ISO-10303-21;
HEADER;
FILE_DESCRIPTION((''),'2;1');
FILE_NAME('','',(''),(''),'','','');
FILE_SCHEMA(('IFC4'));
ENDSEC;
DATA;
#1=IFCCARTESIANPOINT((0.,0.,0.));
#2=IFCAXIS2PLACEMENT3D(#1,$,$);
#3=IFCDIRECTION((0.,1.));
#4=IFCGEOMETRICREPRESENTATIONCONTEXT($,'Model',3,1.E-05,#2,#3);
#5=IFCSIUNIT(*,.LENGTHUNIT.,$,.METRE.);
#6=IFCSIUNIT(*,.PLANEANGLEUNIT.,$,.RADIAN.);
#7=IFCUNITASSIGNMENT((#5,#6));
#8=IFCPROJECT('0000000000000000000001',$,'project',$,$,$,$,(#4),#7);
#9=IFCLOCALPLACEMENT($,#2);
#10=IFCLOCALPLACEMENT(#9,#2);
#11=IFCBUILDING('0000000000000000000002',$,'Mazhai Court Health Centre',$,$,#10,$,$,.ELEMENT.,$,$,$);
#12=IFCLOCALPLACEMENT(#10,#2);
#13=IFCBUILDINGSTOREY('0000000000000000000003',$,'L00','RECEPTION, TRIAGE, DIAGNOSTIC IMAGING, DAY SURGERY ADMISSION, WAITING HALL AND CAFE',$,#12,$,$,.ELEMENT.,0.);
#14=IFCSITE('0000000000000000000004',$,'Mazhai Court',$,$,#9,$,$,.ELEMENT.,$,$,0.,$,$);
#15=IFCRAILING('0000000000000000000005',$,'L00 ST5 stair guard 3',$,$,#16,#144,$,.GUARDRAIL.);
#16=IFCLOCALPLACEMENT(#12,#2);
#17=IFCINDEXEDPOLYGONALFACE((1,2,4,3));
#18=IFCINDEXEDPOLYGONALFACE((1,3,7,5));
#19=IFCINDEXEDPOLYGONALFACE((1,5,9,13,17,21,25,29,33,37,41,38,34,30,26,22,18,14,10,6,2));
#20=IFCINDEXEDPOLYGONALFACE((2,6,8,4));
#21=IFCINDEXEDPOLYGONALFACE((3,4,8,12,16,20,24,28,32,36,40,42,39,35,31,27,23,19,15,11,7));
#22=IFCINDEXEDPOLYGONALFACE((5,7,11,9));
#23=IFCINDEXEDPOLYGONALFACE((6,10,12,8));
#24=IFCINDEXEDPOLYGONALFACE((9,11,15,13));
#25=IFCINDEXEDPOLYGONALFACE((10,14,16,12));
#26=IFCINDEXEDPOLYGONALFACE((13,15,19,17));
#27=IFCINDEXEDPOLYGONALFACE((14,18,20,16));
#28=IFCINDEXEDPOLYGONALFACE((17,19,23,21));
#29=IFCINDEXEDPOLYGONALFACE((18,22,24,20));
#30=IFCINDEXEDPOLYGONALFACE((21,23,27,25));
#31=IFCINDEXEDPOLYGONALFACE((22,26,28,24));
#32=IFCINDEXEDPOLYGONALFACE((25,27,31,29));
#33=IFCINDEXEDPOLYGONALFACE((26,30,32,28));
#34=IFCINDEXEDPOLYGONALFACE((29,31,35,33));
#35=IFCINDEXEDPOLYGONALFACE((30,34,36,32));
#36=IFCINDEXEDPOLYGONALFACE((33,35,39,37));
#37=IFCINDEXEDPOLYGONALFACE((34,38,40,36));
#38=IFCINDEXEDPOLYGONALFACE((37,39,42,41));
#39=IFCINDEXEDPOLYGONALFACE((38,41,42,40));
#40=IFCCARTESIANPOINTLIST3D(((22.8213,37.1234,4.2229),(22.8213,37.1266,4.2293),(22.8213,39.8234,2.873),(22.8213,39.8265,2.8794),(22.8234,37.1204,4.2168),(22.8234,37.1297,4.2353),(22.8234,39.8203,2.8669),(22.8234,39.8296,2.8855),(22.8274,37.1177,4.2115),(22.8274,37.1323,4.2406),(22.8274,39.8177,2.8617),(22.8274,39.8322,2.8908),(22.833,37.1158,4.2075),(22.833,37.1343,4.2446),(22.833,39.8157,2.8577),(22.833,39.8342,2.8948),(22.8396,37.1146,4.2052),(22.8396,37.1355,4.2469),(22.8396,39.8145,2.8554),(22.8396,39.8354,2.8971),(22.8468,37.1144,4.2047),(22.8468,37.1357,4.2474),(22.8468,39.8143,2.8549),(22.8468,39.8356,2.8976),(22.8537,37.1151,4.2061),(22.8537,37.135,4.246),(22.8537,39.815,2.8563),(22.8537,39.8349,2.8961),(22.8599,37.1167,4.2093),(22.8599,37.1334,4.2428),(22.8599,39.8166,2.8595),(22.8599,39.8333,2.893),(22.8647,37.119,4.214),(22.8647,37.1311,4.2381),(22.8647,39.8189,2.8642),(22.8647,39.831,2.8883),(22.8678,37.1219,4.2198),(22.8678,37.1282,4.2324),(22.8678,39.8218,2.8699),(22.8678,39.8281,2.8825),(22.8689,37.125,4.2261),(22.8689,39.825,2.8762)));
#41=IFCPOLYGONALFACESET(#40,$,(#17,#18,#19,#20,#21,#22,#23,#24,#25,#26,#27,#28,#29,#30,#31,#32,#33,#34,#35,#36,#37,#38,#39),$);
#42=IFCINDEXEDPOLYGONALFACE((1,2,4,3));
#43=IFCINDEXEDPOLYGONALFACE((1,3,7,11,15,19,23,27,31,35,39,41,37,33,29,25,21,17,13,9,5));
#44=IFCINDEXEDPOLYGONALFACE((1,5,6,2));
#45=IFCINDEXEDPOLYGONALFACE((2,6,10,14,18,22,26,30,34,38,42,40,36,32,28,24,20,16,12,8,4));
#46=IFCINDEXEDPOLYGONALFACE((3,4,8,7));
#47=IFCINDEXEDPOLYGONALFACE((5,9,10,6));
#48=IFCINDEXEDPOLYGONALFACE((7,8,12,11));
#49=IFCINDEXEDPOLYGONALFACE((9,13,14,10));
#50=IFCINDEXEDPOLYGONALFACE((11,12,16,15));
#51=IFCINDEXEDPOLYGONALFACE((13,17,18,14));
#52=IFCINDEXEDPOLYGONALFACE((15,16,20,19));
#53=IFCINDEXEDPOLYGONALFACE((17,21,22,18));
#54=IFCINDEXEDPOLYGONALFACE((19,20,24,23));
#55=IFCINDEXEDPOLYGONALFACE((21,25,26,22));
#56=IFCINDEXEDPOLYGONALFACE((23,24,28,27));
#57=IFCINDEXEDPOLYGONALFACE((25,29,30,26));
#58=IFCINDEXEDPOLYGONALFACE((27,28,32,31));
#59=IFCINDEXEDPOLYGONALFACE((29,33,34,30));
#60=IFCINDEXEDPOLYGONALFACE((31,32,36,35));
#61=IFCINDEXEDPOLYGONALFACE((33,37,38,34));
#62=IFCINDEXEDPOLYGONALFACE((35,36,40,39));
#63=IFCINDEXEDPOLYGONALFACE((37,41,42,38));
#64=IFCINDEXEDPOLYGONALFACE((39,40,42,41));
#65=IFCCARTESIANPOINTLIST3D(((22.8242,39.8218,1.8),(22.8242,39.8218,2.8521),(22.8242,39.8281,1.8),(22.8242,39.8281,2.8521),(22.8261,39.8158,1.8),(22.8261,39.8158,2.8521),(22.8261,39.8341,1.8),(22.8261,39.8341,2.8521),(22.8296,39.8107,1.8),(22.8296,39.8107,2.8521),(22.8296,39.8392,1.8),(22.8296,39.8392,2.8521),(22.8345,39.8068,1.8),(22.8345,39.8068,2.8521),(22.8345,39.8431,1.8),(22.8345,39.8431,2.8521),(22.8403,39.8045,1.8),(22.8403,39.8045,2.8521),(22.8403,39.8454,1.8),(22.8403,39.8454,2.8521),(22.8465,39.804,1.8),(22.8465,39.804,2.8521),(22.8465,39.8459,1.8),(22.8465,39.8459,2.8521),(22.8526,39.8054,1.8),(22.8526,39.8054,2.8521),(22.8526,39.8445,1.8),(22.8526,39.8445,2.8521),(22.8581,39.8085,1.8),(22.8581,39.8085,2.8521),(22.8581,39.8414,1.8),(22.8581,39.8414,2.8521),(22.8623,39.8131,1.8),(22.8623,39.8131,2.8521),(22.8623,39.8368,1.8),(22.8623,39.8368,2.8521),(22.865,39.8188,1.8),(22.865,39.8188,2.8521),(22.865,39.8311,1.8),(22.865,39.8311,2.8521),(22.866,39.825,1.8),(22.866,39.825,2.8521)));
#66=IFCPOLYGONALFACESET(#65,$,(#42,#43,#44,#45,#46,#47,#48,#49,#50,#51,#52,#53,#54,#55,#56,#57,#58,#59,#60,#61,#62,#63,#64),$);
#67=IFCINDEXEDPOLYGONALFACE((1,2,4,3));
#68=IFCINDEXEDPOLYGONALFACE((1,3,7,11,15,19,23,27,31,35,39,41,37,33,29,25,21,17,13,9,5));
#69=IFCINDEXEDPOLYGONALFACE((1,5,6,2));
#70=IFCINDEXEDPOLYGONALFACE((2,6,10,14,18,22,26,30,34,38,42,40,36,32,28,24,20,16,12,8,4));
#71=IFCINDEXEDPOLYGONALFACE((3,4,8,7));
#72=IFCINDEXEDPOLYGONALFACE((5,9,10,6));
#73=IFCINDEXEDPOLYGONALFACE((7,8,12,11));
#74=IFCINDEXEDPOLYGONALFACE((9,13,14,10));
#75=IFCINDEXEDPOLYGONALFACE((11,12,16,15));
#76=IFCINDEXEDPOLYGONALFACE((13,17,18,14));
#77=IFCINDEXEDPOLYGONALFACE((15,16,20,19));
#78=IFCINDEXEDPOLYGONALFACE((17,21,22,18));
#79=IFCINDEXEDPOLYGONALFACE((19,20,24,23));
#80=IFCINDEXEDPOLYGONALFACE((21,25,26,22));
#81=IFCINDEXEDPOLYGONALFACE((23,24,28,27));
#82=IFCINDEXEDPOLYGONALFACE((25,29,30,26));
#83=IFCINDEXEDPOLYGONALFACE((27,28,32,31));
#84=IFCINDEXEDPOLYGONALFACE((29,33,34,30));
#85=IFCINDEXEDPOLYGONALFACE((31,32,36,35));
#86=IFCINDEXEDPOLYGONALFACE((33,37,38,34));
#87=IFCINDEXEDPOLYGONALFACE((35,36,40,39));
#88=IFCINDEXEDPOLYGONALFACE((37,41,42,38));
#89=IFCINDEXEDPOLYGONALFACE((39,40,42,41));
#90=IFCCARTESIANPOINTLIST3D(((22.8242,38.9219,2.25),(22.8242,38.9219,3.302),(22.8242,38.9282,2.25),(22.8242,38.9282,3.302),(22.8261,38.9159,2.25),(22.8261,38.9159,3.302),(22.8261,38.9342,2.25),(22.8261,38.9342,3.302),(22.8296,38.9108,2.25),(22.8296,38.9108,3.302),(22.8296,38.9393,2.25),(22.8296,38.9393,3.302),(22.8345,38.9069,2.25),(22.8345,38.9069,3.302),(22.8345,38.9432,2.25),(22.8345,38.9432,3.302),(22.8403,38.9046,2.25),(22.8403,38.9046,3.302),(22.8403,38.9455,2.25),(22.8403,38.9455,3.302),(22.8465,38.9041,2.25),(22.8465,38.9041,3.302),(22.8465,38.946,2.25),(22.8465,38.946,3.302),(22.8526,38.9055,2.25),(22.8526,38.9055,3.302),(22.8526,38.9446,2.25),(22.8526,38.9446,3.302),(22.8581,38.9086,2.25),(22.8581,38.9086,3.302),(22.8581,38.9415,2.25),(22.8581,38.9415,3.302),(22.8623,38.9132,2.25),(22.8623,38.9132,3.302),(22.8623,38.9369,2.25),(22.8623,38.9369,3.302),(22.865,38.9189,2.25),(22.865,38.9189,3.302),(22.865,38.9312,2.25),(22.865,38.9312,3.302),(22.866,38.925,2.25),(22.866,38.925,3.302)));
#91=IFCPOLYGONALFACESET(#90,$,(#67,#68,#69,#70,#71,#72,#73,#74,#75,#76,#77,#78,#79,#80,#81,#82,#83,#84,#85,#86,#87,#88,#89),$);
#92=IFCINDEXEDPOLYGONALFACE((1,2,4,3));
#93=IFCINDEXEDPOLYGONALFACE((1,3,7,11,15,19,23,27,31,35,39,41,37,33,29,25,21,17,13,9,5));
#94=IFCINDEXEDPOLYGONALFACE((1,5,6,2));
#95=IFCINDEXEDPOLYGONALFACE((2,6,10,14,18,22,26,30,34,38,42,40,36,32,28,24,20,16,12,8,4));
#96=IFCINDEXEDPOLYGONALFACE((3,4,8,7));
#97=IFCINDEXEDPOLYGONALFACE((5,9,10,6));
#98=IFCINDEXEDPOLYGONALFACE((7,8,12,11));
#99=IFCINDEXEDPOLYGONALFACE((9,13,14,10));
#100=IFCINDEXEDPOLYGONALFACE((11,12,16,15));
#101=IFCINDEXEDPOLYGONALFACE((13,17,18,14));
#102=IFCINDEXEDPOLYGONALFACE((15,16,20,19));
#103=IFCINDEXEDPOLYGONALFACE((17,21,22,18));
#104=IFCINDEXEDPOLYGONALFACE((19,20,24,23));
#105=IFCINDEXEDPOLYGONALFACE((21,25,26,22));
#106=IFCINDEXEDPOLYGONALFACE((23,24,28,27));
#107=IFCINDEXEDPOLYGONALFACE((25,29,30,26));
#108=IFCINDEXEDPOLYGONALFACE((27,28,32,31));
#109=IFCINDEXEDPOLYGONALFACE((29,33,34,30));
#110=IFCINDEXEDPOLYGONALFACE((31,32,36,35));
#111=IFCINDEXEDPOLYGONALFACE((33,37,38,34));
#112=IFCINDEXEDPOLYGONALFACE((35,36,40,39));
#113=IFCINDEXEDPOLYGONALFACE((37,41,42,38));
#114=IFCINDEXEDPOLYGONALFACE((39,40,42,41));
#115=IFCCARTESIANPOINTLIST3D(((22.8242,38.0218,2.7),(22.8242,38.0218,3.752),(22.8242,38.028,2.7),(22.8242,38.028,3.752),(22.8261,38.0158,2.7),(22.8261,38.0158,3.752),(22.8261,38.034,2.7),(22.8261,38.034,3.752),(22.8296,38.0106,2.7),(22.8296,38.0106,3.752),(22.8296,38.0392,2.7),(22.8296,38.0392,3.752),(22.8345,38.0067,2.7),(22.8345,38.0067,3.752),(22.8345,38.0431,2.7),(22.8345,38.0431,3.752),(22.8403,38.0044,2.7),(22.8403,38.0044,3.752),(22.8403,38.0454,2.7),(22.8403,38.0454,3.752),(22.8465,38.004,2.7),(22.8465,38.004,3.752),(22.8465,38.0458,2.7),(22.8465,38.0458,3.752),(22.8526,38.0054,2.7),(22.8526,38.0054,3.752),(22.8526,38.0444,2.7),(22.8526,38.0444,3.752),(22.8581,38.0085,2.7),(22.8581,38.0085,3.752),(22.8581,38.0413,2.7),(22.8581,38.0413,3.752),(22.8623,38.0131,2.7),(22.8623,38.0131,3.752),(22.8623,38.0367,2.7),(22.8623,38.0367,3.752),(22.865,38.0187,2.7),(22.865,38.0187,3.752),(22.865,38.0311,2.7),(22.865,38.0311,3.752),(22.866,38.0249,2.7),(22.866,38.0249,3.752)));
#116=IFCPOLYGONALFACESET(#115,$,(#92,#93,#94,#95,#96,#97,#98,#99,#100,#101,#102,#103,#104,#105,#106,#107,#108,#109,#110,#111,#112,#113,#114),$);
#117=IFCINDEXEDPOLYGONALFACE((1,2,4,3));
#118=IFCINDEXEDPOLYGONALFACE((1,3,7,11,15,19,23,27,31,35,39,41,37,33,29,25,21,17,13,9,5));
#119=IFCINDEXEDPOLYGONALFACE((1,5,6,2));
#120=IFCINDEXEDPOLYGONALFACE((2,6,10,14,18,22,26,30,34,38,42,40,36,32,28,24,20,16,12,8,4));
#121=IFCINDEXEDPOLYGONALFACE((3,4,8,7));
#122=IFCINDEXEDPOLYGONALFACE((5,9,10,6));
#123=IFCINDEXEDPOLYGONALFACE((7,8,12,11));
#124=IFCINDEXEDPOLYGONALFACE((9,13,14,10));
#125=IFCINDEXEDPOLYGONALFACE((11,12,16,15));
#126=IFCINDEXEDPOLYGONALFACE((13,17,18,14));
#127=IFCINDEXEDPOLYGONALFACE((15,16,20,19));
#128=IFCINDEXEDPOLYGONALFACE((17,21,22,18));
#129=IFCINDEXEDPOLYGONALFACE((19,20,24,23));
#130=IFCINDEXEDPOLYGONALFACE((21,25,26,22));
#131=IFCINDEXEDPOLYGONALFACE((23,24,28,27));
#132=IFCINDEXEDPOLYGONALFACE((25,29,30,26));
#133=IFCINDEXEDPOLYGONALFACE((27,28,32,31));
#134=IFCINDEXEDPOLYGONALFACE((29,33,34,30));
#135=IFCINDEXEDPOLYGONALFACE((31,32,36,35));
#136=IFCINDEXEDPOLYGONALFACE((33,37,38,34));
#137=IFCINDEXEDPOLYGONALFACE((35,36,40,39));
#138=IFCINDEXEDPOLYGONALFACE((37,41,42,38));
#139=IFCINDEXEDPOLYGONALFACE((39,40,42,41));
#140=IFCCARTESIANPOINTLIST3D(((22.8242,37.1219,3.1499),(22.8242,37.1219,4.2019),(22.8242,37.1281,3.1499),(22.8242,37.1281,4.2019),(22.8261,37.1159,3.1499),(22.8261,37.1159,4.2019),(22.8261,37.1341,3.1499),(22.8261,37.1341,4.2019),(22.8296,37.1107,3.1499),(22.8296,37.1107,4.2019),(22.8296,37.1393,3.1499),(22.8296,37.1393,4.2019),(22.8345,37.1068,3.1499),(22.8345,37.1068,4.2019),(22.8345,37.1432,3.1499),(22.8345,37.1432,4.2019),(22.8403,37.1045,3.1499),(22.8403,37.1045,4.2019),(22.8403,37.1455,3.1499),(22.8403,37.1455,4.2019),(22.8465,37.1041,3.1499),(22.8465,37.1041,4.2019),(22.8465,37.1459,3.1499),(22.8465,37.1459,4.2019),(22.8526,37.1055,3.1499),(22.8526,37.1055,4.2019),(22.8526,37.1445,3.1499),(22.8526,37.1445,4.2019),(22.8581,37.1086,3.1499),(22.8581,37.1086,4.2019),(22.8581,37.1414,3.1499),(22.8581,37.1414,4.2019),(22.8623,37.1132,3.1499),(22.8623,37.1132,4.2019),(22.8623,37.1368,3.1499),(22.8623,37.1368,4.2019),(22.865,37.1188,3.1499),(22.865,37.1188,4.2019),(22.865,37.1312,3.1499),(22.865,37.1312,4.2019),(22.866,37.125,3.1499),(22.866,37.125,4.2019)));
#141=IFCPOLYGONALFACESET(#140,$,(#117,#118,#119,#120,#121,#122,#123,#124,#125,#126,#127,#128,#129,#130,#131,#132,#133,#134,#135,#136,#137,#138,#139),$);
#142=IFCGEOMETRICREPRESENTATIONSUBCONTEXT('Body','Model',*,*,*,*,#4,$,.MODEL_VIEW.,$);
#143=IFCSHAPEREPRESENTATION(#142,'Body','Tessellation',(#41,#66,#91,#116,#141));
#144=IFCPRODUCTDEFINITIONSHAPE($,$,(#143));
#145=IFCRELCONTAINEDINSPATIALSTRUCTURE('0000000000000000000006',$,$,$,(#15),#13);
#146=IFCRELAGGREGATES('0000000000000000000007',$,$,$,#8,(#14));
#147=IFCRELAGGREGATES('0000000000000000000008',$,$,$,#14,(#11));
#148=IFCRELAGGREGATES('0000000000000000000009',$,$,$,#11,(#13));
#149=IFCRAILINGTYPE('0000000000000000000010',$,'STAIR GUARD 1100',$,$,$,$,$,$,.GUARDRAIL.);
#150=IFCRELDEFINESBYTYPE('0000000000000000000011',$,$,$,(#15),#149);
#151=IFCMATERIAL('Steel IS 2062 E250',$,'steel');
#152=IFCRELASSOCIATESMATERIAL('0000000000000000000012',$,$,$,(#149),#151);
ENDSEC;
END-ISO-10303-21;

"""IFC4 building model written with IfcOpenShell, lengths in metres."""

from ifc_helpers import new_model, si_unit, direction, frame, origin, origin_2d, place, context, subcontext, project, spatial, circle, extrude, material, type_object, element, save


model = new_model("IFC4")

# Units and contexts
model_context = context("Model", 3, precision=1e-05, world=origin(), true_north=direction((0.0, 1.0)))
body_context = subcontext(model_context, "Body", "Model", "MODEL_VIEW")
ifc_project = project(units=[si_unit("LENGTHUNIT", "METRE"), si_unit("PLANEANGLEUNIT", "RADIAN")], contexts=[model_context])

# Site, building, storey
site_placement = place(None, origin())
site = spatial("IfcSite", under=ifc_project, at=site_placement, Name="Mazhai Court", CompositionType="ELEMENT", RefElevation=0.0)
building_placement = place(site_placement, origin())
building = spatial("IfcBuilding", under=site, at=building_placement, Name="Mazhai Court Health Centre", CompositionType="ELEMENT")
storey_placement = place(building_placement, origin())
storey = spatial("IfcBuildingStorey", under=building, at=storey_placement, Name="L00", Description="RECEPTION, TRIAGE, DIAGNOSTIC IMAGING, DAY SURGERY ADMISSION, WAITING HALL AND CAFE", CompositionType="ELEMENT", Elevation=0.0)

# Railing
ifc_material_1 = material(Name="Steel IS 2062 E250", Category="steel")
railing_type_1 = type_object("IfcRailingType", Name="STAIR GUARD 1100", PredefinedType="GUARDRAIL", material=ifc_material_1)
railing_1_placement = place(storey_placement, frame((22.845, 39.825, 1.8)))
element("IfcRailing", 1, at=railing_1_placement, inside=storey, type_object=railing_type_1, Name="L00 ST5 stair guard 3", PredefinedType="GUARDRAIL", context=body_context, shape_type="SweptSolid", body=[
    extrude(circle(Radius=0.0239, at=origin_2d()), frame((0.0, 0.0, 1.0762), z_axis=(0.0, -0.894443, 0.447181), x_axis=(1.0, 0.0, 0.0)), (0.0, 0.0, 1.0), 3.0186),
    extrude(circle(Radius=0.021, at=origin_2d()), origin(), (0.0, 0.0, 1.0), 1.052),
    extrude(circle(Radius=0.021, at=origin_2d()), frame((0.0, -0.8999, 0.45)), (0.0, 0.0, 1.0), 1.052),
    extrude(circle(Radius=0.021, at=origin_2d()), frame((0.0, -1.8, 0.8999)), (0.0, 0.0, 1.0), 1.052),
    extrude(circle(Radius=0.021, at=origin_2d()), frame((0.0, -2.7, 1.3499)), (0.0, 0.0, 1.0), 1.052),
])

save(model, "model.ifc")
